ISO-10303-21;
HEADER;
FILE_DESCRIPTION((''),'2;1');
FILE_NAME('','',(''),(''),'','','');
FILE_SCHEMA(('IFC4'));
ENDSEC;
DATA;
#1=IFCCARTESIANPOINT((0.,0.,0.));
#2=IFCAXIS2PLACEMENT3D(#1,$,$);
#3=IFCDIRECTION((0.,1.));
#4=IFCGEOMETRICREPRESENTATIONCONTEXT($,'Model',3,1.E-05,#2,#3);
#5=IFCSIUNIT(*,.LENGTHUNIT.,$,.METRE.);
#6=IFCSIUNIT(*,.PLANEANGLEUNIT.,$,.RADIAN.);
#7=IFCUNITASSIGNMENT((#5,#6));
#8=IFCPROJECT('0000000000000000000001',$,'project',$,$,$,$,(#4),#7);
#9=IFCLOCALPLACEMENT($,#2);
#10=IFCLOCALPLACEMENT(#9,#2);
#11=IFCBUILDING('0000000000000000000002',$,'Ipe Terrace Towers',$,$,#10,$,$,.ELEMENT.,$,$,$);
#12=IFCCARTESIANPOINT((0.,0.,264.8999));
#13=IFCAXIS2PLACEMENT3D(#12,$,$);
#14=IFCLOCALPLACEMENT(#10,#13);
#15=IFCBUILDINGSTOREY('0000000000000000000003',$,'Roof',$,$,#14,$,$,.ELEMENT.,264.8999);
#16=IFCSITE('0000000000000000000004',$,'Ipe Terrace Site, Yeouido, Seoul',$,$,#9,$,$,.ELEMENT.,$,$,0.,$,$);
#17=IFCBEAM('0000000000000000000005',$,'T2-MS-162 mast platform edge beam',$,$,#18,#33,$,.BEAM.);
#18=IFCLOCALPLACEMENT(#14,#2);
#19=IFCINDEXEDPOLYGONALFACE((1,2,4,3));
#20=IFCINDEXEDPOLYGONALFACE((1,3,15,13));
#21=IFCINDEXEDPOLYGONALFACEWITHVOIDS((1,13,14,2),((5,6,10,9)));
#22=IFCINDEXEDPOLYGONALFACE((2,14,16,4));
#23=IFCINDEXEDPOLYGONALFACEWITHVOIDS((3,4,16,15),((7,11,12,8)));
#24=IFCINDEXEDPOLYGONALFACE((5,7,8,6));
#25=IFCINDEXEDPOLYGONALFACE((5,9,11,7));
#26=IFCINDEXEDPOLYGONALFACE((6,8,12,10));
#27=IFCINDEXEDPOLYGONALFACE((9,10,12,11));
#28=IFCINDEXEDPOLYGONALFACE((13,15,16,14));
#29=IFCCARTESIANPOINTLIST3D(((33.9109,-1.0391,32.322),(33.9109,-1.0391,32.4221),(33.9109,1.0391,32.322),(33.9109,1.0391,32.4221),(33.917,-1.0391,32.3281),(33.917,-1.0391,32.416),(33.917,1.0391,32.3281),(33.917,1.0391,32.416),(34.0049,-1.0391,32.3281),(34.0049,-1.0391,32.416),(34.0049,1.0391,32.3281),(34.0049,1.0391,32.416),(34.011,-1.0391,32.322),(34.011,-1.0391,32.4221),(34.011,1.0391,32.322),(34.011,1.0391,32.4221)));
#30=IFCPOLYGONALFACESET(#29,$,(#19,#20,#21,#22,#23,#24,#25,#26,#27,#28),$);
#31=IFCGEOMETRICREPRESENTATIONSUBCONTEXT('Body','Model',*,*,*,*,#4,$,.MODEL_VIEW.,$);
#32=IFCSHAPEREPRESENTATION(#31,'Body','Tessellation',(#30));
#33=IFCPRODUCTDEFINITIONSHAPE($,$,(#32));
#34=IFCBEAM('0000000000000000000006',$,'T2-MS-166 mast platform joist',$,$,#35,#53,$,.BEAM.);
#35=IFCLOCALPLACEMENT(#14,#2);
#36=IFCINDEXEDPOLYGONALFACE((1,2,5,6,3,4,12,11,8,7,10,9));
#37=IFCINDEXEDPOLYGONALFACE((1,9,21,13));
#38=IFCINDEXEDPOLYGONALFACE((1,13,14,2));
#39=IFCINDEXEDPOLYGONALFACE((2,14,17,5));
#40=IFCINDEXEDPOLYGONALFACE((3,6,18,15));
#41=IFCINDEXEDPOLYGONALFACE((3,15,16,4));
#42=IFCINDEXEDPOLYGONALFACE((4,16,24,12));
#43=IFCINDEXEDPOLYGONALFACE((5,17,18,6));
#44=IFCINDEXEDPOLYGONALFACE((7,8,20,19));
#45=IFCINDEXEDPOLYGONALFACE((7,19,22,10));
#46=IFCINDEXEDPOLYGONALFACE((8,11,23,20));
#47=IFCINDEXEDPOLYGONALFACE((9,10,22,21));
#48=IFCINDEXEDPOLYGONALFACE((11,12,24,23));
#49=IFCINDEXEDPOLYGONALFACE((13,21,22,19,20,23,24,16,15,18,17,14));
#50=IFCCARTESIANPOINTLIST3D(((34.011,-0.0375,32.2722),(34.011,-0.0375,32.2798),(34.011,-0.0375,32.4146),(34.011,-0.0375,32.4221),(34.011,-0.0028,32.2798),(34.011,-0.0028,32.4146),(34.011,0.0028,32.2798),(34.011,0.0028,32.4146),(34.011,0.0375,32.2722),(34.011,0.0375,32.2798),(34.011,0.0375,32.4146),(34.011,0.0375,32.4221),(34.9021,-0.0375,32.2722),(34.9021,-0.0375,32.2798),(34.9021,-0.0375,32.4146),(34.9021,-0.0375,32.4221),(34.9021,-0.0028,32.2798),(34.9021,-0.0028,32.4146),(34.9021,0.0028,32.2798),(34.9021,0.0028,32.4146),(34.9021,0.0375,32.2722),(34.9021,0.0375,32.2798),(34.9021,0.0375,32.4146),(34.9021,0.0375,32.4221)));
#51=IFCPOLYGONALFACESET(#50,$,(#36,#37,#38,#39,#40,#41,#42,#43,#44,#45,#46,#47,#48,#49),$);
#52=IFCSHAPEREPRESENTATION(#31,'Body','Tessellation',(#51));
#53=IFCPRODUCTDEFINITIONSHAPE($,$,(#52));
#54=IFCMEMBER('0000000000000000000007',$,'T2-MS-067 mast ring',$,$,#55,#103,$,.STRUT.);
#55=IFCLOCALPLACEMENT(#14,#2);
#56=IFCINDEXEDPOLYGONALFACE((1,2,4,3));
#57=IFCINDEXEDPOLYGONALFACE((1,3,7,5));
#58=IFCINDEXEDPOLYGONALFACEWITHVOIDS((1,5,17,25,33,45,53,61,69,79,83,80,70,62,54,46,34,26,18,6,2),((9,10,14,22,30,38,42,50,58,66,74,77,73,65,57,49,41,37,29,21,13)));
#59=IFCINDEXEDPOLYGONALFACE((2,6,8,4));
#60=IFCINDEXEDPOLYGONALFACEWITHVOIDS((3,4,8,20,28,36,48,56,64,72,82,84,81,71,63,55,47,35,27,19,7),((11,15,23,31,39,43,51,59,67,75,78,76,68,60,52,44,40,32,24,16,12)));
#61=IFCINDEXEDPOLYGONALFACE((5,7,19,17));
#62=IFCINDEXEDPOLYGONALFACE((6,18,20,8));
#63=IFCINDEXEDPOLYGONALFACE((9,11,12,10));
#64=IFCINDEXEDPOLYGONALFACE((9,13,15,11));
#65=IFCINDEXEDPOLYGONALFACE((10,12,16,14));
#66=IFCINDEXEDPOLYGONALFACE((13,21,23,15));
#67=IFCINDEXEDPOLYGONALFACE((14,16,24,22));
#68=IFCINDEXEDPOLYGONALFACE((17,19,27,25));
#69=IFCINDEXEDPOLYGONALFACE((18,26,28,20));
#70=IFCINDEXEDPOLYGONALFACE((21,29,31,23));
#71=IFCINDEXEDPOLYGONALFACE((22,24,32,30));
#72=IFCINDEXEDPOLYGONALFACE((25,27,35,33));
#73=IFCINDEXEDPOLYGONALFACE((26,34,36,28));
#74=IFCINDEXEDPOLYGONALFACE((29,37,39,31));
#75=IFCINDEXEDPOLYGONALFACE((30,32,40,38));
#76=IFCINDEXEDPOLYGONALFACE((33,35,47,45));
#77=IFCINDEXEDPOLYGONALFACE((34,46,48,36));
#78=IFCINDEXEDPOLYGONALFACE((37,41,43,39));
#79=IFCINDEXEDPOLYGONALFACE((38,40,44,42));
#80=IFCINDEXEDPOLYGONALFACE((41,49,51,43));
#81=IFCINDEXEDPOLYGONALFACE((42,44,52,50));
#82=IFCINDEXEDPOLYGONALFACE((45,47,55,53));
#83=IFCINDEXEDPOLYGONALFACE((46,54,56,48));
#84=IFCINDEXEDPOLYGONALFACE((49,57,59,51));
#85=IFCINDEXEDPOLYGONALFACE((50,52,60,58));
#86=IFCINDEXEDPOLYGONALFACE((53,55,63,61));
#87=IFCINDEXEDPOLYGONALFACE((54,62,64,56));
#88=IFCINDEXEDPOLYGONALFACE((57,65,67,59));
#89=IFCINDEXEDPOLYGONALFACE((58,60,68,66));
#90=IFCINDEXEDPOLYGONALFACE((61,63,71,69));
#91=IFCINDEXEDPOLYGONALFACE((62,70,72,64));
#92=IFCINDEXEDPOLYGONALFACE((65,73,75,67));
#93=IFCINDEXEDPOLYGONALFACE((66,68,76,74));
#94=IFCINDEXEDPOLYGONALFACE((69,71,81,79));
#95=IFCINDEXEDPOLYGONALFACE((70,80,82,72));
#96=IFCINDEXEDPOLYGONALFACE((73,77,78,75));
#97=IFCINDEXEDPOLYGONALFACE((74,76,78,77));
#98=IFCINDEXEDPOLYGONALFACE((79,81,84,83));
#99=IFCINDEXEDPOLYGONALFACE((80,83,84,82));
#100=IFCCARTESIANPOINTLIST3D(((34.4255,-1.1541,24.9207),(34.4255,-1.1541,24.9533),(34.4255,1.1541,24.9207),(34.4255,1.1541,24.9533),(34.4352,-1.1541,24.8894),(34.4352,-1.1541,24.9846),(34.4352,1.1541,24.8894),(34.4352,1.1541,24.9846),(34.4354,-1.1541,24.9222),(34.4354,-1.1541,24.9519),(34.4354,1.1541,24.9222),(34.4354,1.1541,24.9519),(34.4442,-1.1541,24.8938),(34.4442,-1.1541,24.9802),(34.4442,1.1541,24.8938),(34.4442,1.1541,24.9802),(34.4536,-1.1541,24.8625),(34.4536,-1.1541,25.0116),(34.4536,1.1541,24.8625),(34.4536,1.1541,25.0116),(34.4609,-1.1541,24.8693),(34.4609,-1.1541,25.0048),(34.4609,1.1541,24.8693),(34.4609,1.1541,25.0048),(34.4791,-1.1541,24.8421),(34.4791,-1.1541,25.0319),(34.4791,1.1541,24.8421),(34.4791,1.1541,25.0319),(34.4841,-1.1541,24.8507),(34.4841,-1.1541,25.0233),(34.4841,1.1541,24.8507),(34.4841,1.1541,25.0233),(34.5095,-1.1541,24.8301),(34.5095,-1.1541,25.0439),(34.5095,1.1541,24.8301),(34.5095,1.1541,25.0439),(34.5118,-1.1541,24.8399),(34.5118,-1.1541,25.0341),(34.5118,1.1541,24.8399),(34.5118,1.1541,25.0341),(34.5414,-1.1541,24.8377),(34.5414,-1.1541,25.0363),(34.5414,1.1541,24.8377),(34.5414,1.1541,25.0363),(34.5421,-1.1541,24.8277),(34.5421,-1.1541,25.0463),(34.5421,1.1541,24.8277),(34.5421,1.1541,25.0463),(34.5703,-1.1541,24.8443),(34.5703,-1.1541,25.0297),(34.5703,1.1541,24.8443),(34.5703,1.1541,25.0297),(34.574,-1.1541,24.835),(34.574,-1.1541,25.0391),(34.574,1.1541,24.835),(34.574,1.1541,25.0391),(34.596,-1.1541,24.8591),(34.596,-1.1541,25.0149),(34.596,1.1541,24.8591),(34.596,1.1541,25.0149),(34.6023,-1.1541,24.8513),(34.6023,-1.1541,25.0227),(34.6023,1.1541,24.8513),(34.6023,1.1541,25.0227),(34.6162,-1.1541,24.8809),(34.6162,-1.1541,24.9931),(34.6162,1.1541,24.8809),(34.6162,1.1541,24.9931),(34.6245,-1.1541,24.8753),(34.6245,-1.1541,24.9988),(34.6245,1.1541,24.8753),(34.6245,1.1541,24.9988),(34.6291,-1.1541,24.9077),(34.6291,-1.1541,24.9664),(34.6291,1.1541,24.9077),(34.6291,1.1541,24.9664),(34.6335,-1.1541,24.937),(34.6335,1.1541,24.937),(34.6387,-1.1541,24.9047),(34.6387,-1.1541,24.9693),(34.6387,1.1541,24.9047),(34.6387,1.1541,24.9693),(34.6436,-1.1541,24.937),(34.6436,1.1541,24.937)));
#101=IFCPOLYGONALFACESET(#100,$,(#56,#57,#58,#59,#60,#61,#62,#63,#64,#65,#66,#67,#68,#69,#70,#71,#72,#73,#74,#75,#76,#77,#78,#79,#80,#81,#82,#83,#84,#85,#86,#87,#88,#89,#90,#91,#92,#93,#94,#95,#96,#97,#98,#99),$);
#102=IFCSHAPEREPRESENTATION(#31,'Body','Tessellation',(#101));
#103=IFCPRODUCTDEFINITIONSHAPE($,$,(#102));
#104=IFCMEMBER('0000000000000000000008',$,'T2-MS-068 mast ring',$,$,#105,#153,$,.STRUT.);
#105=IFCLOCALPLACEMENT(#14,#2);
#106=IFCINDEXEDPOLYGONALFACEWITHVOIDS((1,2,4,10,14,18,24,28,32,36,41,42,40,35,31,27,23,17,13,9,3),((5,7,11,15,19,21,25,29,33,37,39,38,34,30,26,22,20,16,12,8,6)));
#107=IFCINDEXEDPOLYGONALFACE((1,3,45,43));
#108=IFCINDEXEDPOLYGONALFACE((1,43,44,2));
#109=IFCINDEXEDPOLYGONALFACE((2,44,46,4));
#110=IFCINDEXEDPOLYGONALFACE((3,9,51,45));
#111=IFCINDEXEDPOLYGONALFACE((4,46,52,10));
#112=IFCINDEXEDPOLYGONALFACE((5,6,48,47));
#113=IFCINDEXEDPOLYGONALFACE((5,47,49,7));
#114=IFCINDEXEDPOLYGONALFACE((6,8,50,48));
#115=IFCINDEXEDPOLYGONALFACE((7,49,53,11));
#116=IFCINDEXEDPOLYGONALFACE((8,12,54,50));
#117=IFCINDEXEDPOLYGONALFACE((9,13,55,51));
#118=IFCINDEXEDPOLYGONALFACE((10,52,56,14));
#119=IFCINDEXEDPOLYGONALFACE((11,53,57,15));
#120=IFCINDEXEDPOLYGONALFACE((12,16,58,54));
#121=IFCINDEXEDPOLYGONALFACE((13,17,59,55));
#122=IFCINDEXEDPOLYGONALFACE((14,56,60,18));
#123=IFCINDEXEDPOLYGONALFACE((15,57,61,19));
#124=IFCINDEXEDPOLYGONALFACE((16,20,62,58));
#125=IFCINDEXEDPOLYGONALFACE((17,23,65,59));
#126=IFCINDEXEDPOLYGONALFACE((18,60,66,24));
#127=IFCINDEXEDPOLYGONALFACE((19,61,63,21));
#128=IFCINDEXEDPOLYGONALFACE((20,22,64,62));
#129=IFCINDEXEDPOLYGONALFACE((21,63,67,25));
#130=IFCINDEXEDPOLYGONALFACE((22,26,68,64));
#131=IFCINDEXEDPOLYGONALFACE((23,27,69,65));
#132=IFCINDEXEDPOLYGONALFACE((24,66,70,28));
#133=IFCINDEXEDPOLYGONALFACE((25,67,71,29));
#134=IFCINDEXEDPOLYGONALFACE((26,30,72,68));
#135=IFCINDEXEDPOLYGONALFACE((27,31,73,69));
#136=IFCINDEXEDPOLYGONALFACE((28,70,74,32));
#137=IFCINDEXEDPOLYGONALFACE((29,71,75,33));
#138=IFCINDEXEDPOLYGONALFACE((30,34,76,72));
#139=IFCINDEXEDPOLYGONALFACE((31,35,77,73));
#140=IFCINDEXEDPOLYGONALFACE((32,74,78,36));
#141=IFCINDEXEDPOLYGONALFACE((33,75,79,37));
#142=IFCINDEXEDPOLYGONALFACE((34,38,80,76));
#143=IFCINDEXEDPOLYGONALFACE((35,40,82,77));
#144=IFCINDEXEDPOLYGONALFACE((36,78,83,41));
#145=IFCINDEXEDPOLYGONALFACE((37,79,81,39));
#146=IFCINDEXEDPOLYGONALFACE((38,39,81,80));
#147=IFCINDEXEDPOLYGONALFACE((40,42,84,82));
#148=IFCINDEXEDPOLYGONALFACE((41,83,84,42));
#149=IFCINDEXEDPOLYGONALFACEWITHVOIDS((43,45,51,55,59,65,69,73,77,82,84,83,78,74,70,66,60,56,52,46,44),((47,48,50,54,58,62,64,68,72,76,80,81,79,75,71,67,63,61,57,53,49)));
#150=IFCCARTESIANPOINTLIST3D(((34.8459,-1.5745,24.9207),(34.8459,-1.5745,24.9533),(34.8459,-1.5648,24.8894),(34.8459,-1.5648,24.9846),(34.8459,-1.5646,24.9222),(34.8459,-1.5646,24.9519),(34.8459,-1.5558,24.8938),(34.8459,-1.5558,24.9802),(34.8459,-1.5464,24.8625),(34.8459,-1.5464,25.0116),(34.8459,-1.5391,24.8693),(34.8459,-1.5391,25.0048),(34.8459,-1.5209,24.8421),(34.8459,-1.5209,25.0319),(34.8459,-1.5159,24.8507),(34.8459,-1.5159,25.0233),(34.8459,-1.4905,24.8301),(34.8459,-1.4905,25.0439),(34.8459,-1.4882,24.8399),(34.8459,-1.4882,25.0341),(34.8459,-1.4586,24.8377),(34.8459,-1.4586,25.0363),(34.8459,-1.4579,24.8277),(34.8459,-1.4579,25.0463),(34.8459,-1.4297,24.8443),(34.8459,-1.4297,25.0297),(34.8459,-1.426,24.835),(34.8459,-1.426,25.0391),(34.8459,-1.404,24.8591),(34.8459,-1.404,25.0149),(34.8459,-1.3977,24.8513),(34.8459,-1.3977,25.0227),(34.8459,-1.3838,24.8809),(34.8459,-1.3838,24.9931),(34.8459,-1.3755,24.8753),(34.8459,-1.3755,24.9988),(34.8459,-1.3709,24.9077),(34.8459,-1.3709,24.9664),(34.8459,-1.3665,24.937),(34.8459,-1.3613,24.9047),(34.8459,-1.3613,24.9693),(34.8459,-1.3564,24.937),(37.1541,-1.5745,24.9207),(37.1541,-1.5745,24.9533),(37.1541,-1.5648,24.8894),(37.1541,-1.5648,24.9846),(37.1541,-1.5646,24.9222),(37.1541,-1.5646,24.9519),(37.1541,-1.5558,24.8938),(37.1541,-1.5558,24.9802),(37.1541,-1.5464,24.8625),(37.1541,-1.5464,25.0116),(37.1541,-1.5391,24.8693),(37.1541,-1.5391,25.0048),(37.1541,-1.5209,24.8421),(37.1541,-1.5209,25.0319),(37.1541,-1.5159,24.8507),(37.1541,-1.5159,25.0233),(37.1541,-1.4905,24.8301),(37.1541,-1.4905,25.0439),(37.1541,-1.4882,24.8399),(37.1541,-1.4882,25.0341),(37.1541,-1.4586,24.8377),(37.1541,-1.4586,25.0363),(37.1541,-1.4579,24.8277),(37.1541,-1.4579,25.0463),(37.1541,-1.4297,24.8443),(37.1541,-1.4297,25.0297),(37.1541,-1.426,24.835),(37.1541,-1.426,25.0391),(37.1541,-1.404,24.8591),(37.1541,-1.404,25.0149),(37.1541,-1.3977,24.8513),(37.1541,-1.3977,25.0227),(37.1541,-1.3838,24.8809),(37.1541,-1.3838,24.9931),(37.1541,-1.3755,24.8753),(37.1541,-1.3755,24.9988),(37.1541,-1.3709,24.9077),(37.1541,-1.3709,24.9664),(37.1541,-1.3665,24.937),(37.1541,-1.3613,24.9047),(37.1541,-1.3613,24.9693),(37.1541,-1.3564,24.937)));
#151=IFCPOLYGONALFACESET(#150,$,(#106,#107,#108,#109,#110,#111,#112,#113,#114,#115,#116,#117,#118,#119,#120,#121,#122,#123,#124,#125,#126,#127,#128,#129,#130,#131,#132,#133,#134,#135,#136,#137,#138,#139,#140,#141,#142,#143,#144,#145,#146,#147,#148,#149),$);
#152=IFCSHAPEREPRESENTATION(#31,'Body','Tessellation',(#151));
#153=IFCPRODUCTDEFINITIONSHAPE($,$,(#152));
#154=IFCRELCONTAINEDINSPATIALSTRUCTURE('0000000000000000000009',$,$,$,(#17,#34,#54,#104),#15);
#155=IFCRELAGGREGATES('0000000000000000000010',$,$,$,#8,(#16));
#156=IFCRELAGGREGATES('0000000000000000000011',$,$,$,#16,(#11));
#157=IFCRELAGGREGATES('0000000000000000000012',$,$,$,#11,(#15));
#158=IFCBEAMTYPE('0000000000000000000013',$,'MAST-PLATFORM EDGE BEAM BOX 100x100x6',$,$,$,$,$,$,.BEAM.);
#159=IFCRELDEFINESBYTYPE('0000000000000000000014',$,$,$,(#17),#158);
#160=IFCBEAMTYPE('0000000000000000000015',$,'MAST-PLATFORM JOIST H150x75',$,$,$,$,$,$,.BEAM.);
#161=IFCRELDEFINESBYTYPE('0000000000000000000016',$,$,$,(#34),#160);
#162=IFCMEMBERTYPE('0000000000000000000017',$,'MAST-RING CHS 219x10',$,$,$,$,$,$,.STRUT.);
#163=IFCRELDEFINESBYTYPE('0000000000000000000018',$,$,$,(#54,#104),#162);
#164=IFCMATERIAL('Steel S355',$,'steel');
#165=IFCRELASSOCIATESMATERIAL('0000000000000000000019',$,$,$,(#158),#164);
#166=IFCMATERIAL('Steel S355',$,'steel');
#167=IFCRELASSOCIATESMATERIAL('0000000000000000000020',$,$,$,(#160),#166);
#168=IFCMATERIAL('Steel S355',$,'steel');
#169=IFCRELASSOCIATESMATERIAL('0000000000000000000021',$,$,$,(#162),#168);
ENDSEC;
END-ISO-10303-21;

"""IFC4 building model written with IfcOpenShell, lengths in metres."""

from ifc_helpers import new_model, si_unit, direction, frame, origin, origin_2d, place, context, subcontext, project, spatial, hollow_rectangle, hollow_circle, i_section, extrude, material, material_profile, profile_set, type_object, element, save


model = new_model("IFC4")

# Units and contexts
model_context = context("Model", 3, precision=1e-05, world=origin(), true_north=direction((0.0, 1.0)))
body_context = subcontext(model_context, "Body", "Model", "MODEL_VIEW")
ifc_project = project(units=[si_unit("LENGTHUNIT", "METRE"), si_unit("PLANEANGLEUNIT", "RADIAN")], contexts=[model_context])

# Site, building, storey
site_placement = place(None, origin())
site = spatial("IfcSite", under=ifc_project, at=site_placement, Name="Ipe Terrace Site, Yeouido, Seoul", CompositionType="ELEMENT", RefElevation=0.0)
building_placement = place(site_placement, origin())
building = spatial("IfcBuilding", under=site, at=building_placement, Name="Ipe Terrace Towers", CompositionType="ELEMENT")
storey_placement = place(building_placement, frame((0.0, 0.0, 264.8999)))
storey = spatial("IfcBuildingStorey", under=building, at=storey_placement, Name="Roof", CompositionType="ELEMENT", Elevation=264.8999)

# Beams
ifc_material_1 = material(Name="Steel S355", Category="steel")
ifc_material_profile_1 = material_profile(ifc_material_1, hollow_rectangle(XDim=0.1001, YDim=0.1001, WallThickness=0.0061, at=origin_2d()), Name="MAST-PLATFORM EDGE BEAM BOX 100x100x6")
ifc_profile_set_1 = profile_set([ifc_material_profile_1], Name="Steel S355")
beam_type_1 = type_object("IfcBeamType", Name="MAST-PLATFORM EDGE BEAM BOX 100x100x6", PredefinedType="BEAM", material=ifc_profile_set_1)
beam_1_placement = place(storey_placement, frame((33.9609, -1.0391, 32.3721), z_axis=(0.0, 1.0, 0.0), x_axis=(-1.0, 0.0, 0.0)))
element("IfcBeam", 1, at=beam_1_placement, inside=storey, type_object=beam_type_1, Name="T2-MS-162 mast platform edge beam", PredefinedType="BEAM", context=body_context, shape_type="SweptSolid", body=[
    extrude(hollow_rectangle(XDim=0.1001, YDim=0.1001, WallThickness=0.0061, at=origin_2d()), origin(), (0.0, 0.0, 1.0), 2.0781),
])
ifc_material_2 = material(Name="Steel S355", Category="steel")
ifc_material_profile_2 = material_profile(ifc_material_2, i_section(OverallWidth=0.075, OverallDepth=0.1499, WebThickness=0.0056, FlangeThickness=0.0076, at=origin_2d()), Name="H150x75")
ifc_profile_set_2 = profile_set([ifc_material_profile_2], Name="Steel S355")
beam_type_2 = type_object("IfcBeamType", Name="MAST-PLATFORM JOIST H150x75", PredefinedType="BEAM", material=ifc_profile_set_2)
beam_2_placement = place(storey_placement, frame((34.9021, 0.0, 32.3472), z_axis=(-1.0, 0.0, 0.0), x_axis=(0.0, -1.0, 0.0)))
element("IfcBeam", 2, at=beam_2_placement, inside=storey, type_object=beam_type_2, Name="T2-MS-166 mast platform joist", PredefinedType="BEAM", context=body_context, shape_type="SweptSolid", body=[
    extrude(i_section(OverallWidth=0.075, OverallDepth=0.1499, WebThickness=0.0056, FlangeThickness=0.0076, at=origin_2d()), origin(), (0.0, 0.0, 1.0), 0.8911),
])

# Members
ifc_material_3 = material(Name="Steel S355", Category="steel")
ifc_material_profile_3 = material_profile(ifc_material_3, hollow_circle(Radius=0.1096, WallThickness=0.01, at=origin_2d()), Name="MAST-RING CHS 219x10")
ifc_profile_set_3 = profile_set([ifc_material_profile_3], Name="Steel S355")
member_type_1 = type_object("IfcMemberType", Name="MAST-RING CHS 219x10", PredefinedType="STRUT", material=ifc_profile_set_3)
for number, where, z_axis, x_axis, name in (
    (3, (34.5339, 1.1541, 24.937), (0.0, -1.0, 0.0), (1.0, 0.0, 0.0), "T2-MS-067 mast ring"),
    (4, (34.8459, -1.4661, 24.937), (1.0, 0.0, 0.0), (0.0, 1.0, 0.0), "T2-MS-068 mast ring"),
):
    element("IfcMember", number, at=place(storey_placement, frame(where, z_axis=z_axis, x_axis=x_axis)), inside=storey, type_object=member_type_1, Name=name, PredefinedType="STRUT", context=body_context, shape_type="SweptSolid", body=[
        extrude(hollow_circle(Radius=0.1096, WallThickness=0.01, at=origin_2d()), origin(), (0.0, 0.0, 1.0), 2.3081),
    ])

save(model, "model.ifc")
